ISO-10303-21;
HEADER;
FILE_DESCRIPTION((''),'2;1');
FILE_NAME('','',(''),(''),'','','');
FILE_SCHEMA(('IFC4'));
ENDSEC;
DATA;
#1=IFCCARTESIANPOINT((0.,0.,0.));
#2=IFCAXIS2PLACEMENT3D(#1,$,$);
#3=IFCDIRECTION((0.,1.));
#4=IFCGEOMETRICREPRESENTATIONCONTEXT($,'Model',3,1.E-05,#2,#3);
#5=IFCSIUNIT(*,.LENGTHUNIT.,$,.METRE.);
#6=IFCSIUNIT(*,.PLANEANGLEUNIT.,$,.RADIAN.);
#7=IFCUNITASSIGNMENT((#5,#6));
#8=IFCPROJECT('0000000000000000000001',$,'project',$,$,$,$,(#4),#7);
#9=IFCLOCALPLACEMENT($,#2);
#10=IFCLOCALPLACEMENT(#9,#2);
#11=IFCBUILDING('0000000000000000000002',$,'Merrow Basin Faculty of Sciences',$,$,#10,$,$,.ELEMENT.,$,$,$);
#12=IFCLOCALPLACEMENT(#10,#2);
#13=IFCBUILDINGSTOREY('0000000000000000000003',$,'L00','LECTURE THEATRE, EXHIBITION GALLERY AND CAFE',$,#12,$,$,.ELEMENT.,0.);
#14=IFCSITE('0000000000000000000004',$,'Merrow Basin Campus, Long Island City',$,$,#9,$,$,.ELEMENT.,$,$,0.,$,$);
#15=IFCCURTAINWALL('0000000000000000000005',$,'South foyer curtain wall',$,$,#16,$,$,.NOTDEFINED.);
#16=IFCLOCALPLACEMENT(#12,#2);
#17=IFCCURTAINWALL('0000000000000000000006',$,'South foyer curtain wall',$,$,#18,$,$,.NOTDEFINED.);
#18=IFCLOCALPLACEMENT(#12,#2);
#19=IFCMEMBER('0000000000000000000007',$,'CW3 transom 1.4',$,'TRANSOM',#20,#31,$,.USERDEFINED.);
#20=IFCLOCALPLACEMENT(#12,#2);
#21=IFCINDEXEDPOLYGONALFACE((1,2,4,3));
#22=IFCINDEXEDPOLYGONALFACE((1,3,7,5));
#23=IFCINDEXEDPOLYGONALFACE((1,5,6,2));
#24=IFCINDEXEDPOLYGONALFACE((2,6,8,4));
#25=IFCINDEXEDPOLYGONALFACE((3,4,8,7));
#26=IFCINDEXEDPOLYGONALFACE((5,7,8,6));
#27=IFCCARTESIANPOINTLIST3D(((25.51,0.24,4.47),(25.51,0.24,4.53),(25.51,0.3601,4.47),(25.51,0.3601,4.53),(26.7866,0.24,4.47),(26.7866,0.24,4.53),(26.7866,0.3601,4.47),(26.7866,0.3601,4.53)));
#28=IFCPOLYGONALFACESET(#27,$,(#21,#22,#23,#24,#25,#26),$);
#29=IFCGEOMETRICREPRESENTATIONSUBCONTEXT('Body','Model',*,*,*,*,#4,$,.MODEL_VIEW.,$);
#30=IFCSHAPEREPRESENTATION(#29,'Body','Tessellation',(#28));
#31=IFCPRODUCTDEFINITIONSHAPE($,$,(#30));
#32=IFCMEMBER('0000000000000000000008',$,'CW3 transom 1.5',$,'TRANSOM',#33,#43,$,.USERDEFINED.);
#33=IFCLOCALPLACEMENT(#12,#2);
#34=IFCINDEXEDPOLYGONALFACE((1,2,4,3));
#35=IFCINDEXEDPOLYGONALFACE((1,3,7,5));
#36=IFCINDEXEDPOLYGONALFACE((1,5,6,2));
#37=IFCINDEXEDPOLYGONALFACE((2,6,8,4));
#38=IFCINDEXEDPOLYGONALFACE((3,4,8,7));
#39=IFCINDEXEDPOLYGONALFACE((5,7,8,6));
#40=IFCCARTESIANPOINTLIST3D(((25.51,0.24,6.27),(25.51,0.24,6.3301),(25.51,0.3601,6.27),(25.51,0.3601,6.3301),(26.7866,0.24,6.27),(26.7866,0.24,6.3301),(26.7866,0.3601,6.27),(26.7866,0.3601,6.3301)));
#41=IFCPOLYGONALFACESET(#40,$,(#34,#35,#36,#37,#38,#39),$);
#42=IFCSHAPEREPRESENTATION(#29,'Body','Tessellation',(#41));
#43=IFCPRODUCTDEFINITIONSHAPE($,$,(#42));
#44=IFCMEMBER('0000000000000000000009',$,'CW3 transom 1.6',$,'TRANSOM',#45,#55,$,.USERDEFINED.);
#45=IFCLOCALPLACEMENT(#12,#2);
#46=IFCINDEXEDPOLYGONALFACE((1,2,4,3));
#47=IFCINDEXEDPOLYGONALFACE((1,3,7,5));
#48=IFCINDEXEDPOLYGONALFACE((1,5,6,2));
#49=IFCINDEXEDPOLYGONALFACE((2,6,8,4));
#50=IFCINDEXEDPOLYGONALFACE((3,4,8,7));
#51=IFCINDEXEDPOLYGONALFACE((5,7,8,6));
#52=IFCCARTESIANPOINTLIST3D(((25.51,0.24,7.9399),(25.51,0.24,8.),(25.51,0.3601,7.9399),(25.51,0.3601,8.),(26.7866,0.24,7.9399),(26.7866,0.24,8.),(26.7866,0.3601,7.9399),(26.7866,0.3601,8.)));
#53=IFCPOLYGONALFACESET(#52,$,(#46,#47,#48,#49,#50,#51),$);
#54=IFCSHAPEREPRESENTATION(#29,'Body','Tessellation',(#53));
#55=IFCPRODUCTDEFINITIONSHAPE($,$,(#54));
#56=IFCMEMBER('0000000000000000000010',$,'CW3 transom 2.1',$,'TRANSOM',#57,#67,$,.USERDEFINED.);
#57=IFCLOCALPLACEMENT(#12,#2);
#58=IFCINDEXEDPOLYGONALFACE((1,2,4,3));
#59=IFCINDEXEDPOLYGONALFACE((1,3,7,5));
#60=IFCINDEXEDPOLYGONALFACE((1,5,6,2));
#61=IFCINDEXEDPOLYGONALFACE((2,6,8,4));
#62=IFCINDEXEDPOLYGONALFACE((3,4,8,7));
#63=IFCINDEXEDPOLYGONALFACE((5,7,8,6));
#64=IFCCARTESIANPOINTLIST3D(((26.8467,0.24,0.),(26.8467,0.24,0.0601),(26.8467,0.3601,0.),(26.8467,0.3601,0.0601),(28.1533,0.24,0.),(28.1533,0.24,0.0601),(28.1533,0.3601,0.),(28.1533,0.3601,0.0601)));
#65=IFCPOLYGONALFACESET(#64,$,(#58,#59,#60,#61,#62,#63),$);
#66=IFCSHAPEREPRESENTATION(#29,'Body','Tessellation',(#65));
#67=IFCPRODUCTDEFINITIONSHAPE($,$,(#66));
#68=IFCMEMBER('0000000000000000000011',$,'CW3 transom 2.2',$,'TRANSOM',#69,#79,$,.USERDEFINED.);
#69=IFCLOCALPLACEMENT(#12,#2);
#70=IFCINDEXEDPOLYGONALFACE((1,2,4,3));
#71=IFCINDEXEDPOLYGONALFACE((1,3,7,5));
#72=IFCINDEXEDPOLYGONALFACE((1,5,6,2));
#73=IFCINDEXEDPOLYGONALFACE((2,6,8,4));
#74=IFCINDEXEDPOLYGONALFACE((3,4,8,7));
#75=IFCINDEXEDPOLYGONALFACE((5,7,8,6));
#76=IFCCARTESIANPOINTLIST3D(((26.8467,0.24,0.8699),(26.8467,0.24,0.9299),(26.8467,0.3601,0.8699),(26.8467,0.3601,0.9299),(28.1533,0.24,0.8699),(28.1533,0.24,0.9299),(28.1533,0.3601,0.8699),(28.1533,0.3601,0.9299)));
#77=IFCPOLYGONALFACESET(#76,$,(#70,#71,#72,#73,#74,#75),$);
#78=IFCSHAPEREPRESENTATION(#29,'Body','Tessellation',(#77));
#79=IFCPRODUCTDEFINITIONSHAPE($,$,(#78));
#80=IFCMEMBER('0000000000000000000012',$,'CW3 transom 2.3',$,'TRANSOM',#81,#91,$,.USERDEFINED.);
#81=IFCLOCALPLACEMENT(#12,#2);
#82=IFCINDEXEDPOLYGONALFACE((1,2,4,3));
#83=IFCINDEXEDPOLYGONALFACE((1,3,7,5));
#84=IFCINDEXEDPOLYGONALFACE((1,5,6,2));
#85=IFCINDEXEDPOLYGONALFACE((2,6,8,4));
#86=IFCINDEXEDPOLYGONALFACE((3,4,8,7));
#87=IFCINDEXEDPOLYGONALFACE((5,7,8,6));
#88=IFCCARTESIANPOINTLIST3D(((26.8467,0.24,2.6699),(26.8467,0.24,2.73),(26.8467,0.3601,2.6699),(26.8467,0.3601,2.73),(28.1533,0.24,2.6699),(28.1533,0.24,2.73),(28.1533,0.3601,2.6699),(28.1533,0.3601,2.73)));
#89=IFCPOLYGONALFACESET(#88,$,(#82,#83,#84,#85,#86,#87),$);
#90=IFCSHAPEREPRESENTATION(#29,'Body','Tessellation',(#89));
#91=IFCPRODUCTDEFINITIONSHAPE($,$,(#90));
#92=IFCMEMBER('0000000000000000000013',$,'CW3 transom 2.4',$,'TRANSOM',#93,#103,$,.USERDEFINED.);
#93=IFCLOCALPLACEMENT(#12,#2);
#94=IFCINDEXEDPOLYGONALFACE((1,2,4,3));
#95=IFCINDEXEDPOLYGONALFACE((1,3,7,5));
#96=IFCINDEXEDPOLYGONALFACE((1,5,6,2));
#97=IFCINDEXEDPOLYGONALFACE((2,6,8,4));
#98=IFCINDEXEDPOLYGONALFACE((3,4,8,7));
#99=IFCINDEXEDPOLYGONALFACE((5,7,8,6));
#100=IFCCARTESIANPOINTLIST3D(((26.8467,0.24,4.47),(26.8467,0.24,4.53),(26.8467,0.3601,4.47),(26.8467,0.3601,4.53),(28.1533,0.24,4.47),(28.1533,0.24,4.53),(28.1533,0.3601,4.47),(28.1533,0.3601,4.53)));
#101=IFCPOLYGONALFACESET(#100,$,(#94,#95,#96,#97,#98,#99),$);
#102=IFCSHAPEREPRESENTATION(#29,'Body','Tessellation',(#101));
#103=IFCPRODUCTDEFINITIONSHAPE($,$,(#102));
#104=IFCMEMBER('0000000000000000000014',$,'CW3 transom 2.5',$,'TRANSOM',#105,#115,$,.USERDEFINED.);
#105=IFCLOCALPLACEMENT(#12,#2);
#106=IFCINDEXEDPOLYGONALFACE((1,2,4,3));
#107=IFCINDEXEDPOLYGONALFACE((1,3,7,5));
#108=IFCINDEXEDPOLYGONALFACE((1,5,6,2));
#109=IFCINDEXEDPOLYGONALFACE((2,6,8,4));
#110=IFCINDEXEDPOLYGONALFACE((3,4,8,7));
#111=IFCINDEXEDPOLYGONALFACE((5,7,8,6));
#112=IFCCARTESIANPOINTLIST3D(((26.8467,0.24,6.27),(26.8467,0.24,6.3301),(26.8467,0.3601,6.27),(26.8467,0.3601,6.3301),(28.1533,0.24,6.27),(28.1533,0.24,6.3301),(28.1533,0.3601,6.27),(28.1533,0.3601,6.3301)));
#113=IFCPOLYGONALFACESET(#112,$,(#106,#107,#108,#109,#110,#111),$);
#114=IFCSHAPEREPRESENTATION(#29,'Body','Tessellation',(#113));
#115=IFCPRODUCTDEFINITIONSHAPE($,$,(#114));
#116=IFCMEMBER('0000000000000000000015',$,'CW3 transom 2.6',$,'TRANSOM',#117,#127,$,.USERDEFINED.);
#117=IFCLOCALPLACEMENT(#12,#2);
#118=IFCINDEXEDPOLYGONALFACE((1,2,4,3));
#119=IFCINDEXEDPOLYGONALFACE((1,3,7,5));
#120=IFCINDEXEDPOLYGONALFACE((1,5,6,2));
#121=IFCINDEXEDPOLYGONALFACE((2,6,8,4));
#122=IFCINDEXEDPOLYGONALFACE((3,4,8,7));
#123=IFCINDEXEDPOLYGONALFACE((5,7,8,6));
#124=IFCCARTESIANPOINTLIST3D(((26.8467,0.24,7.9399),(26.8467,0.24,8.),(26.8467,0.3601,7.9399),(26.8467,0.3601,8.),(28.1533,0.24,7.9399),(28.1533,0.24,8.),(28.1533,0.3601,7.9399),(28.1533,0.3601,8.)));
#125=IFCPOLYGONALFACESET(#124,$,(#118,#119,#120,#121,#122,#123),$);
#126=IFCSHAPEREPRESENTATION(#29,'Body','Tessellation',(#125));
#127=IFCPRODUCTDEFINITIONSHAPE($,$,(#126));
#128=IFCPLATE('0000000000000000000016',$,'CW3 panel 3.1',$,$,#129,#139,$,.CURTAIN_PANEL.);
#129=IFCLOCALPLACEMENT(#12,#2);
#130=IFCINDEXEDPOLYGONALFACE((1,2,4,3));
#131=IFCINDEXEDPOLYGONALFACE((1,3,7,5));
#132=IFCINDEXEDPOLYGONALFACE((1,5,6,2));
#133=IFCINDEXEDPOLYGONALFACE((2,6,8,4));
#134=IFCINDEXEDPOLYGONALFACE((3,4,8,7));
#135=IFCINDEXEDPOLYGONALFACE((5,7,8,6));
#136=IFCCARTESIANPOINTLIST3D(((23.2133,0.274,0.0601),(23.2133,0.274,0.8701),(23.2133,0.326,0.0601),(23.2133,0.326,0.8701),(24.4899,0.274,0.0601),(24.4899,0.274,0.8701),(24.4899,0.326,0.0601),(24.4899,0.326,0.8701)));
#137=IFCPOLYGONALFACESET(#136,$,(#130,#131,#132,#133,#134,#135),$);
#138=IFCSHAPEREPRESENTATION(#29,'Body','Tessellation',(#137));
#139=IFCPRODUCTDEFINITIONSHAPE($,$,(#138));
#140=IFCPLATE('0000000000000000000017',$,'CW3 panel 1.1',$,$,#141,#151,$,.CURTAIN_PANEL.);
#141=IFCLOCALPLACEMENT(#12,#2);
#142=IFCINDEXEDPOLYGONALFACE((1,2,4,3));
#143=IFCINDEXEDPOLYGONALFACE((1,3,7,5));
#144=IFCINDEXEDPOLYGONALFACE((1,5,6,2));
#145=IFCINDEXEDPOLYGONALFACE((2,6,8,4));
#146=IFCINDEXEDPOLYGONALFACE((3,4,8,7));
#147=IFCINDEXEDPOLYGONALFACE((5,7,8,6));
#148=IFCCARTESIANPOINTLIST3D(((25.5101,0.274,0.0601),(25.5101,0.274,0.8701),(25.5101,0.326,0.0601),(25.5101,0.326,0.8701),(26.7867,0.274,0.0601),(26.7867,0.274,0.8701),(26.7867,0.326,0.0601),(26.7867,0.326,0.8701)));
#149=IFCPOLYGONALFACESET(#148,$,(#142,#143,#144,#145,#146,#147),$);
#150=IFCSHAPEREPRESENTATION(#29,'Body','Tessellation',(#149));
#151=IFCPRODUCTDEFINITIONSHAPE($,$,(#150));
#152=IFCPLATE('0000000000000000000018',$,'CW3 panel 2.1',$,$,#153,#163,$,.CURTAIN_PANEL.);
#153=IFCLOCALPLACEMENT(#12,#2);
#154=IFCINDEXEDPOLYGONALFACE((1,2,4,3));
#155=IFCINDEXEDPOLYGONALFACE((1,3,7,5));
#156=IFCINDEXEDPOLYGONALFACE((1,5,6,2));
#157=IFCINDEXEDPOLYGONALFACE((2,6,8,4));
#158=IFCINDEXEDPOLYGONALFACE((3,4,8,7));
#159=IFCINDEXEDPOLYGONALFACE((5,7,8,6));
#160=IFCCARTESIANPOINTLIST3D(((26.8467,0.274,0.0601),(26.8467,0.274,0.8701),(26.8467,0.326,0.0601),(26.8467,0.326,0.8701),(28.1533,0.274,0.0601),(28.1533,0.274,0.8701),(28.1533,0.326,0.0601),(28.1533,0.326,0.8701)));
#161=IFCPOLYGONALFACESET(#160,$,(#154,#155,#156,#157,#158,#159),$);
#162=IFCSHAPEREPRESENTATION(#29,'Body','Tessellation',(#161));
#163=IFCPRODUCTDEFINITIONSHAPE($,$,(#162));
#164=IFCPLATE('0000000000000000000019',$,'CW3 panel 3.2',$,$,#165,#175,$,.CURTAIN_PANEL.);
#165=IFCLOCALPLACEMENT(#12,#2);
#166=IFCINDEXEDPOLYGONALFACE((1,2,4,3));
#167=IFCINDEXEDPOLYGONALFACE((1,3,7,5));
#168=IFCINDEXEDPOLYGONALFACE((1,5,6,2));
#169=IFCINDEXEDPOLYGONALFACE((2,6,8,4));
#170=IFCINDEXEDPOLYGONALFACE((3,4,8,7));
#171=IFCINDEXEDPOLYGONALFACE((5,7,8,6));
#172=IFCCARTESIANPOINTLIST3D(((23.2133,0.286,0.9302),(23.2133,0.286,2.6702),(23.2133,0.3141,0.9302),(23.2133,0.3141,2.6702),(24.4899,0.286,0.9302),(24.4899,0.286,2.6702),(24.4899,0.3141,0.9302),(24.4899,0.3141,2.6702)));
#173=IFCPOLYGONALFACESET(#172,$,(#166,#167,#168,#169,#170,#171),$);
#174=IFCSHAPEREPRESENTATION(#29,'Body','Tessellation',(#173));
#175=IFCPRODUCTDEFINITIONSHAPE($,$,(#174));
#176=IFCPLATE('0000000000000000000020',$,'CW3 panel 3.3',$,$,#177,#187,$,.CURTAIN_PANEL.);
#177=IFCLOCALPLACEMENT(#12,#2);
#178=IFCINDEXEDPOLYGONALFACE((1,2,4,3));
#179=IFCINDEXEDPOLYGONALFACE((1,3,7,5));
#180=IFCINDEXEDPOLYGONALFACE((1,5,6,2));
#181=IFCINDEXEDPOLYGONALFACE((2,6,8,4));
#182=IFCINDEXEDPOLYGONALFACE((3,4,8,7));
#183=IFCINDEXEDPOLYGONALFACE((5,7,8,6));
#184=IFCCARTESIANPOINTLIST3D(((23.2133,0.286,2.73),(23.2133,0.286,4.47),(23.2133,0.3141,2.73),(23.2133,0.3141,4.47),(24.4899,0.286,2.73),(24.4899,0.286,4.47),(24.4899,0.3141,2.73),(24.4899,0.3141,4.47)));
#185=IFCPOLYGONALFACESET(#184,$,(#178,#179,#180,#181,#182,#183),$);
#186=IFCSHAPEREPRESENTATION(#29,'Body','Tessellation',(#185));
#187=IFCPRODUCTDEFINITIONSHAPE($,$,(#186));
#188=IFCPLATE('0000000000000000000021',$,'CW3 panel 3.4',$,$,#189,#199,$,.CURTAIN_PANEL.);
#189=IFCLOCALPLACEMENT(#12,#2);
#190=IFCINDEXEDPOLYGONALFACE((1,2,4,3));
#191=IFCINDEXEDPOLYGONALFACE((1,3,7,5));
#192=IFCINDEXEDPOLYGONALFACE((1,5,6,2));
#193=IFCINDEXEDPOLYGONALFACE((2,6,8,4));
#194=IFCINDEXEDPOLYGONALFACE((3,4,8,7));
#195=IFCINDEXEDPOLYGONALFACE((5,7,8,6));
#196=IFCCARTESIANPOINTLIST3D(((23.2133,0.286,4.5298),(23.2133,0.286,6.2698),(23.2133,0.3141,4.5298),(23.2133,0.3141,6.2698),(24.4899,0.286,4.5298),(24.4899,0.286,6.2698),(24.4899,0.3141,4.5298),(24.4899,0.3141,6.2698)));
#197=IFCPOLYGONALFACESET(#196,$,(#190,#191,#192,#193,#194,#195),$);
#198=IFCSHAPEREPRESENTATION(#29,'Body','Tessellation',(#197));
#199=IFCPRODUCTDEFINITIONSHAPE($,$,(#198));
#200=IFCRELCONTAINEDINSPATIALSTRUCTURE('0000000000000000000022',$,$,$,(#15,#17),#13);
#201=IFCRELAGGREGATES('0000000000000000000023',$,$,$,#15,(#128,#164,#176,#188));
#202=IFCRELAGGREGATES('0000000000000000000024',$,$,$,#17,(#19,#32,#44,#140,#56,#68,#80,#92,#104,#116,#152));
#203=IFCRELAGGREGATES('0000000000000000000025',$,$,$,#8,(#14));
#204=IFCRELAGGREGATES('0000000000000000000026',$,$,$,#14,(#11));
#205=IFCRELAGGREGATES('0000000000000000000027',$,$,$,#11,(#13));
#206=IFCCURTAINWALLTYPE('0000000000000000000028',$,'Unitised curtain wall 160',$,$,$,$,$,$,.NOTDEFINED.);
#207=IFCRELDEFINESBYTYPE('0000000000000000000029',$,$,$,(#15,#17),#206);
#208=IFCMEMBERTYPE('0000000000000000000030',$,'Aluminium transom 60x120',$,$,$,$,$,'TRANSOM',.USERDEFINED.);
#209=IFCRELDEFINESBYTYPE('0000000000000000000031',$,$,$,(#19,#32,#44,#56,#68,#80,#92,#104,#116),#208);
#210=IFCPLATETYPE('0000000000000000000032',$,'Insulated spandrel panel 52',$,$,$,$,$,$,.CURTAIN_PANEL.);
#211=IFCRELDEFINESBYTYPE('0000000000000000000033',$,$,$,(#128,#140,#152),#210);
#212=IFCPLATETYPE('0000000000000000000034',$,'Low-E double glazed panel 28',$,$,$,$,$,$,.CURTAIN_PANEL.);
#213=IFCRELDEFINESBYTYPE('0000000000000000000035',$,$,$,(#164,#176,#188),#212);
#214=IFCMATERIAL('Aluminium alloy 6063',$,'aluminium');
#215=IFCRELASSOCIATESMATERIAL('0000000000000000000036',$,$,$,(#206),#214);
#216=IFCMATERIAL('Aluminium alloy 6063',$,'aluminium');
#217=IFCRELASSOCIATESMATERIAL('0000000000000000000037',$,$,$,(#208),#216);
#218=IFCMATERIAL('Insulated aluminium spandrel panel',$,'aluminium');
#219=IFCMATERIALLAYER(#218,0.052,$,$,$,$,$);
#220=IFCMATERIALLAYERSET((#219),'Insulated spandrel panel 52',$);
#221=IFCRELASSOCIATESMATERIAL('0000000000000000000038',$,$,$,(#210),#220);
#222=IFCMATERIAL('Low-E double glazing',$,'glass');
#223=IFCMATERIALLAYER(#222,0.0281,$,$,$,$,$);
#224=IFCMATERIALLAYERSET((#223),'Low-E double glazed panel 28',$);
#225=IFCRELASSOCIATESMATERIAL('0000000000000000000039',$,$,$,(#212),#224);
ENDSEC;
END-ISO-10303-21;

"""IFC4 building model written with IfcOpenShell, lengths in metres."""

from ifc_helpers import new_model, si_unit, direction, frame, origin, origin_2d, place, context, subcontext, project, spatial, rectangle, extrude, material, layer, layer_set, material_profile, profile_set, type_object, element, aggregate, save


model = new_model("IFC4")

# Units and contexts
model_context = context("Model", 3, precision=1e-05, world=origin(), true_north=direction((0.0, 1.0)))
body_context = subcontext(model_context, "Body", "Model", "MODEL_VIEW")
ifc_project = project(units=[si_unit("LENGTHUNIT", "METRE"), si_unit("PLANEANGLEUNIT", "RADIAN")], contexts=[model_context])

# Site, building, storey
site_placement = place(None, origin())
site = spatial("IfcSite", under=ifc_project, at=site_placement, Name="Merrow Basin Campus, Long Island City", CompositionType="ELEMENT", RefElevation=0.0)
building_placement = place(site_placement, origin())
building = spatial("IfcBuilding", under=site, at=building_placement, Name="Merrow Basin Faculty of Sciences", CompositionType="ELEMENT")
storey_placement = place(building_placement, origin())
storey = spatial("IfcBuildingStorey", under=building, at=storey_placement, Name="L00", Description="LECTURE THEATRE, EXHIBITION GALLERY AND CAFE", CompositionType="ELEMENT", Elevation=0.0)

# Curtain wall
ifc_material_1 = material(Name="Aluminium alloy 6063", Category="aluminium")
curtain_wall_type = type_object("IfcCurtainWallType", Name="Unitised curtain wall 160", PredefinedType="NOTDEFINED", material=ifc_material_1)
curtain_wall_1_placement = place(storey_placement, origin())
curtain_wall_1 = element("IfcCurtainWall", 1, at=curtain_wall_1_placement, inside=storey, type_object=curtain_wall_type, Name="South foyer curtain wall", PredefinedType="NOTDEFINED")

# Curtain wall
curtain_wall_2_placement = place(storey_placement, origin())
curtain_wall_2 = element("IfcCurtainWall", 2, at=curtain_wall_2_placement, inside=storey, type_object=curtain_wall_type, Name="South foyer curtain wall", PredefinedType="NOTDEFINED")

# Members
ifc_material_2 = material(Name="Aluminium alloy 6063", Category="aluminium")
ifc_material_profile_1 = material_profile(ifc_material_2, rectangle(XDim=0.1201, YDim=0.0601, at=origin_2d()))
ifc_profile_set_1 = profile_set([ifc_material_profile_1], Name="Aluminium alloy 6063")
member_type_1 = type_object("IfcMemberType", Name="Aluminium transom 60x120", ElementType="TRANSOM", PredefinedType="USERDEFINED", material=ifc_profile_set_1)
member_1_placement = place(storey_placement, frame((25.51, 0.3, 4.5), z_axis=(1.0, 0.0, 0.0), x_axis=(0.0, 1.0, 0.0)))
member_1 = element("IfcMember", 3, at=member_1_placement, type_object=member_type_1, Name="CW3 transom 1.4", ObjectType="TRANSOM", PredefinedType="USERDEFINED", context=body_context, shape_type="SweptSolid", body=[
    extrude(rectangle(XDim=0.1201, YDim=0.0601, at=origin_2d()), origin(), (0.0, 0.0, 1.0), 1.2766),
])
member_2_placement = place(storey_placement, frame((25.51, 0.3, 6.3), z_axis=(1.0, 0.0, 0.0), x_axis=(0.0, 1.0, 0.0)))
member_2 = element("IfcMember", 4, at=member_2_placement, type_object=member_type_1, Name="CW3 transom 1.5", ObjectType="TRANSOM", PredefinedType="USERDEFINED", context=body_context, shape_type="SweptSolid", body=[
    extrude(rectangle(XDim=0.1201, YDim=0.0601, at=origin_2d()), origin(), (0.0, 0.0, 1.0), 1.2766),
])
member_3_placement = place(storey_placement, frame((25.51, 0.3, 7.97), z_axis=(1.0, 0.0, 0.0), x_axis=(0.0, 1.0, 0.0)))
member_3 = element("IfcMember", 5, at=member_3_placement, type_object=member_type_1, Name="CW3 transom 1.6", ObjectType="TRANSOM", PredefinedType="USERDEFINED", context=body_context, shape_type="SweptSolid", body=[
    extrude(rectangle(XDim=0.1201, YDim=0.0601, at=origin_2d()), origin(), (0.0, 0.0, 1.0), 1.2766),
])
member_4_placement = place(storey_placement, frame((26.8467, 0.3, 0.03), z_axis=(1.0, 0.0, 0.0), x_axis=(0.0, 1.0, 0.0)))
member_4 = element("IfcMember", 6, at=member_4_placement, type_object=member_type_1, Name="CW3 transom 2.1", ObjectType="TRANSOM", PredefinedType="USERDEFINED", context=body_context, shape_type="SweptSolid", body=[
    extrude(rectangle(XDim=0.1201, YDim=0.0601, at=origin_2d()), origin(), (0.0, 0.0, 1.0), 1.3066),
])
member_5_placement = place(storey_placement, frame((26.8467, 0.3, 0.8999), z_axis=(1.0, 0.0, 0.0), x_axis=(0.0, 1.0, 0.0)))
member_5 = element("IfcMember", 7, at=member_5_placement, type_object=member_type_1, Name="CW3 transom 2.2", ObjectType="TRANSOM", PredefinedType="USERDEFINED", context=body_context, shape_type="SweptSolid", body=[
    extrude(rectangle(XDim=0.1201, YDim=0.0601, at=origin_2d()), origin(), (0.0, 0.0, 1.0), 1.3066),
])
member_6_placement = place(storey_placement, frame((26.8467, 0.3, 2.7), z_axis=(1.0, 0.0, 0.0), x_axis=(0.0, 1.0, 0.0)))
member_6 = element("IfcMember", 8, at=member_6_placement, type_object=member_type_1, Name="CW3 transom 2.3", ObjectType="TRANSOM", PredefinedType="USERDEFINED", context=body_context, shape_type="SweptSolid", body=[
    extrude(rectangle(XDim=0.1201, YDim=0.0601, at=origin_2d()), origin(), (0.0, 0.0, 1.0), 1.3066),
])
member_7_placement = place(storey_placement, frame((26.8467, 0.3, 4.5), z_axis=(1.0, 0.0, 0.0), x_axis=(0.0, 1.0, 0.0)))
member_7 = element("IfcMember", 9, at=member_7_placement, type_object=member_type_1, Name="CW3 transom 2.4", ObjectType="TRANSOM", PredefinedType="USERDEFINED", context=body_context, shape_type="SweptSolid", body=[
    extrude(rectangle(XDim=0.1201, YDim=0.0601, at=origin_2d()), origin(), (0.0, 0.0, 1.0), 1.3066),
])
member_8_placement = place(storey_placement, frame((26.8467, 0.3, 6.3), z_axis=(1.0, 0.0, 0.0), x_axis=(0.0, 1.0, 0.0)))
member_8 = element("IfcMember", 10, at=member_8_placement, type_object=member_type_1, Name="CW3 transom 2.5", ObjectType="TRANSOM", PredefinedType="USERDEFINED", context=body_context, shape_type="SweptSolid", body=[
    extrude(rectangle(XDim=0.1201, YDim=0.0601, at=origin_2d()), origin(), (0.0, 0.0, 1.0), 1.3066),
])
member_9_placement = place(storey_placement, frame((26.8467, 0.3, 7.97), z_axis=(1.0, 0.0, 0.0), x_axis=(0.0, 1.0, 0.0)))
member_9 = element("IfcMember", 11, at=member_9_placement, type_object=member_type_1, Name="CW3 transom 2.6", ObjectType="TRANSOM", PredefinedType="USERDEFINED", context=body_context, shape_type="SweptSolid", body=[
    extrude(rectangle(XDim=0.1201, YDim=0.0601, at=origin_2d()), origin(), (0.0, 0.0, 1.0), 1.3066),
])

# Plates
ifc_material_3 = material(Name="Insulated aluminium spandrel panel", Category="aluminium")
ifc_layer_1 = layer(ifc_material_3, 0.052)
ifc_layer_set_1 = layer_set([ifc_layer_1], Name="Insulated spandrel panel 52")
plate_type_1 = type_object("IfcPlateType", Name="Insulated spandrel panel 52", PredefinedType="CURTAIN_PANEL", material=ifc_layer_set_1)
plate_1_placement = place(storey_placement, frame((23.8516, 0.3, 0.0601), z_axis=(0.0, 0.0, 1.0), x_axis=(1.0, 0.0, 0.0)))
plate_1 = element("IfcPlate", 12, at=plate_1_placement, type_object=plate_type_1, Name="CW3 panel 3.1", PredefinedType="CURTAIN_PANEL", context=body_context, shape_type="SweptSolid", body=[
    extrude(rectangle(XDim=1.2766, YDim=0.052, at=origin_2d()), origin(), (0.0, 0.0, 1.0), 0.8101),
])
plate_2_placement = place(storey_placement, frame((26.1484, 0.3, 0.0601), z_axis=(0.0, 0.0, 1.0), x_axis=(1.0, 0.0, 0.0)))
plate_2 = element("IfcPlate", 13, at=plate_2_placement, type_object=plate_type_1, Name="CW3 panel 1.1", PredefinedType="CURTAIN_PANEL", context=body_context, shape_type="SweptSolid", body=[
    extrude(rectangle(XDim=1.2766, YDim=0.052, at=origin_2d()), origin(), (0.0, 0.0, 1.0), 0.8101),
])
plate_3_placement = place(storey_placement, frame((27.5, 0.3, 0.0601), z_axis=(0.0, 0.0, 1.0), x_axis=(1.0, 0.0, 0.0)))
plate_3 = element("IfcPlate", 14, at=plate_3_placement, type_object=plate_type_1, Name="CW3 panel 2.1", PredefinedType="CURTAIN_PANEL", context=body_context, shape_type="SweptSolid", body=[
    extrude(rectangle(XDim=1.3066, YDim=0.052, at=origin_2d()), origin(), (0.0, 0.0, 1.0), 0.8101),
])
ifc_material_4 = material(Name="Low-E double glazing", Category="glass")
ifc_layer_2 = layer(ifc_material_4, 0.0281)
ifc_layer_set_2 = layer_set([ifc_layer_2], Name="Low-E double glazed panel 28")
plate_type_2 = type_object("IfcPlateType", Name="Low-E double glazed panel 28", PredefinedType="CURTAIN_PANEL", material=ifc_layer_set_2)
plate_4_placement = place(storey_placement, frame((23.8516, 0.3, 0.9302), z_axis=(0.0, 0.0, 1.0), x_axis=(1.0, 0.0, 0.0)))
plate_4 = element("IfcPlate", 15, at=plate_4_placement, type_object=plate_type_2, Name="CW3 panel 3.2", PredefinedType="CURTAIN_PANEL", context=body_context, shape_type="SweptSolid", body=[
    extrude(rectangle(XDim=1.2766, YDim=0.0281, at=origin_2d()), origin(), (0.0, 0.0, 1.0), 1.74),
])
plate_5_placement = place(storey_placement, frame((23.8516, 0.3, 2.73), z_axis=(0.0, 0.0, 1.0), x_axis=(1.0, 0.0, 0.0)))
plate_5 = element("IfcPlate", 16, at=plate_5_placement, type_object=plate_type_2, Name="CW3 panel 3.3", PredefinedType="CURTAIN_PANEL", context=body_context, shape_type="SweptSolid", body=[
    extrude(rectangle(XDim=1.2766, YDim=0.0281, at=origin_2d()), origin(), (0.0, 0.0, 1.0), 1.74),
])
plate_6_placement = place(storey_placement, frame((23.8516, 0.3, 4.5298), z_axis=(0.0, 0.0, 1.0), x_axis=(1.0, 0.0, 0.0)))
plate_6 = element("IfcPlate", 17, at=plate_6_placement, type_object=plate_type_2, Name="CW3 panel 3.4", PredefinedType="CURTAIN_PANEL", context=body_context, shape_type="SweptSolid", body=[
    extrude(rectangle(XDim=1.2766, YDim=0.0281, at=origin_2d()), origin(), (0.0, 0.0, 1.0), 1.74),
])
aggregate(curtain_wall_1, [plate_1, plate_4, plate_5, plate_6])
aggregate(curtain_wall_2, [member_1, member_2, member_3, plate_2, member_4, member_5, member_6, member_7, member_8, member_9, plate_3])

save(model, "model.ifc")
